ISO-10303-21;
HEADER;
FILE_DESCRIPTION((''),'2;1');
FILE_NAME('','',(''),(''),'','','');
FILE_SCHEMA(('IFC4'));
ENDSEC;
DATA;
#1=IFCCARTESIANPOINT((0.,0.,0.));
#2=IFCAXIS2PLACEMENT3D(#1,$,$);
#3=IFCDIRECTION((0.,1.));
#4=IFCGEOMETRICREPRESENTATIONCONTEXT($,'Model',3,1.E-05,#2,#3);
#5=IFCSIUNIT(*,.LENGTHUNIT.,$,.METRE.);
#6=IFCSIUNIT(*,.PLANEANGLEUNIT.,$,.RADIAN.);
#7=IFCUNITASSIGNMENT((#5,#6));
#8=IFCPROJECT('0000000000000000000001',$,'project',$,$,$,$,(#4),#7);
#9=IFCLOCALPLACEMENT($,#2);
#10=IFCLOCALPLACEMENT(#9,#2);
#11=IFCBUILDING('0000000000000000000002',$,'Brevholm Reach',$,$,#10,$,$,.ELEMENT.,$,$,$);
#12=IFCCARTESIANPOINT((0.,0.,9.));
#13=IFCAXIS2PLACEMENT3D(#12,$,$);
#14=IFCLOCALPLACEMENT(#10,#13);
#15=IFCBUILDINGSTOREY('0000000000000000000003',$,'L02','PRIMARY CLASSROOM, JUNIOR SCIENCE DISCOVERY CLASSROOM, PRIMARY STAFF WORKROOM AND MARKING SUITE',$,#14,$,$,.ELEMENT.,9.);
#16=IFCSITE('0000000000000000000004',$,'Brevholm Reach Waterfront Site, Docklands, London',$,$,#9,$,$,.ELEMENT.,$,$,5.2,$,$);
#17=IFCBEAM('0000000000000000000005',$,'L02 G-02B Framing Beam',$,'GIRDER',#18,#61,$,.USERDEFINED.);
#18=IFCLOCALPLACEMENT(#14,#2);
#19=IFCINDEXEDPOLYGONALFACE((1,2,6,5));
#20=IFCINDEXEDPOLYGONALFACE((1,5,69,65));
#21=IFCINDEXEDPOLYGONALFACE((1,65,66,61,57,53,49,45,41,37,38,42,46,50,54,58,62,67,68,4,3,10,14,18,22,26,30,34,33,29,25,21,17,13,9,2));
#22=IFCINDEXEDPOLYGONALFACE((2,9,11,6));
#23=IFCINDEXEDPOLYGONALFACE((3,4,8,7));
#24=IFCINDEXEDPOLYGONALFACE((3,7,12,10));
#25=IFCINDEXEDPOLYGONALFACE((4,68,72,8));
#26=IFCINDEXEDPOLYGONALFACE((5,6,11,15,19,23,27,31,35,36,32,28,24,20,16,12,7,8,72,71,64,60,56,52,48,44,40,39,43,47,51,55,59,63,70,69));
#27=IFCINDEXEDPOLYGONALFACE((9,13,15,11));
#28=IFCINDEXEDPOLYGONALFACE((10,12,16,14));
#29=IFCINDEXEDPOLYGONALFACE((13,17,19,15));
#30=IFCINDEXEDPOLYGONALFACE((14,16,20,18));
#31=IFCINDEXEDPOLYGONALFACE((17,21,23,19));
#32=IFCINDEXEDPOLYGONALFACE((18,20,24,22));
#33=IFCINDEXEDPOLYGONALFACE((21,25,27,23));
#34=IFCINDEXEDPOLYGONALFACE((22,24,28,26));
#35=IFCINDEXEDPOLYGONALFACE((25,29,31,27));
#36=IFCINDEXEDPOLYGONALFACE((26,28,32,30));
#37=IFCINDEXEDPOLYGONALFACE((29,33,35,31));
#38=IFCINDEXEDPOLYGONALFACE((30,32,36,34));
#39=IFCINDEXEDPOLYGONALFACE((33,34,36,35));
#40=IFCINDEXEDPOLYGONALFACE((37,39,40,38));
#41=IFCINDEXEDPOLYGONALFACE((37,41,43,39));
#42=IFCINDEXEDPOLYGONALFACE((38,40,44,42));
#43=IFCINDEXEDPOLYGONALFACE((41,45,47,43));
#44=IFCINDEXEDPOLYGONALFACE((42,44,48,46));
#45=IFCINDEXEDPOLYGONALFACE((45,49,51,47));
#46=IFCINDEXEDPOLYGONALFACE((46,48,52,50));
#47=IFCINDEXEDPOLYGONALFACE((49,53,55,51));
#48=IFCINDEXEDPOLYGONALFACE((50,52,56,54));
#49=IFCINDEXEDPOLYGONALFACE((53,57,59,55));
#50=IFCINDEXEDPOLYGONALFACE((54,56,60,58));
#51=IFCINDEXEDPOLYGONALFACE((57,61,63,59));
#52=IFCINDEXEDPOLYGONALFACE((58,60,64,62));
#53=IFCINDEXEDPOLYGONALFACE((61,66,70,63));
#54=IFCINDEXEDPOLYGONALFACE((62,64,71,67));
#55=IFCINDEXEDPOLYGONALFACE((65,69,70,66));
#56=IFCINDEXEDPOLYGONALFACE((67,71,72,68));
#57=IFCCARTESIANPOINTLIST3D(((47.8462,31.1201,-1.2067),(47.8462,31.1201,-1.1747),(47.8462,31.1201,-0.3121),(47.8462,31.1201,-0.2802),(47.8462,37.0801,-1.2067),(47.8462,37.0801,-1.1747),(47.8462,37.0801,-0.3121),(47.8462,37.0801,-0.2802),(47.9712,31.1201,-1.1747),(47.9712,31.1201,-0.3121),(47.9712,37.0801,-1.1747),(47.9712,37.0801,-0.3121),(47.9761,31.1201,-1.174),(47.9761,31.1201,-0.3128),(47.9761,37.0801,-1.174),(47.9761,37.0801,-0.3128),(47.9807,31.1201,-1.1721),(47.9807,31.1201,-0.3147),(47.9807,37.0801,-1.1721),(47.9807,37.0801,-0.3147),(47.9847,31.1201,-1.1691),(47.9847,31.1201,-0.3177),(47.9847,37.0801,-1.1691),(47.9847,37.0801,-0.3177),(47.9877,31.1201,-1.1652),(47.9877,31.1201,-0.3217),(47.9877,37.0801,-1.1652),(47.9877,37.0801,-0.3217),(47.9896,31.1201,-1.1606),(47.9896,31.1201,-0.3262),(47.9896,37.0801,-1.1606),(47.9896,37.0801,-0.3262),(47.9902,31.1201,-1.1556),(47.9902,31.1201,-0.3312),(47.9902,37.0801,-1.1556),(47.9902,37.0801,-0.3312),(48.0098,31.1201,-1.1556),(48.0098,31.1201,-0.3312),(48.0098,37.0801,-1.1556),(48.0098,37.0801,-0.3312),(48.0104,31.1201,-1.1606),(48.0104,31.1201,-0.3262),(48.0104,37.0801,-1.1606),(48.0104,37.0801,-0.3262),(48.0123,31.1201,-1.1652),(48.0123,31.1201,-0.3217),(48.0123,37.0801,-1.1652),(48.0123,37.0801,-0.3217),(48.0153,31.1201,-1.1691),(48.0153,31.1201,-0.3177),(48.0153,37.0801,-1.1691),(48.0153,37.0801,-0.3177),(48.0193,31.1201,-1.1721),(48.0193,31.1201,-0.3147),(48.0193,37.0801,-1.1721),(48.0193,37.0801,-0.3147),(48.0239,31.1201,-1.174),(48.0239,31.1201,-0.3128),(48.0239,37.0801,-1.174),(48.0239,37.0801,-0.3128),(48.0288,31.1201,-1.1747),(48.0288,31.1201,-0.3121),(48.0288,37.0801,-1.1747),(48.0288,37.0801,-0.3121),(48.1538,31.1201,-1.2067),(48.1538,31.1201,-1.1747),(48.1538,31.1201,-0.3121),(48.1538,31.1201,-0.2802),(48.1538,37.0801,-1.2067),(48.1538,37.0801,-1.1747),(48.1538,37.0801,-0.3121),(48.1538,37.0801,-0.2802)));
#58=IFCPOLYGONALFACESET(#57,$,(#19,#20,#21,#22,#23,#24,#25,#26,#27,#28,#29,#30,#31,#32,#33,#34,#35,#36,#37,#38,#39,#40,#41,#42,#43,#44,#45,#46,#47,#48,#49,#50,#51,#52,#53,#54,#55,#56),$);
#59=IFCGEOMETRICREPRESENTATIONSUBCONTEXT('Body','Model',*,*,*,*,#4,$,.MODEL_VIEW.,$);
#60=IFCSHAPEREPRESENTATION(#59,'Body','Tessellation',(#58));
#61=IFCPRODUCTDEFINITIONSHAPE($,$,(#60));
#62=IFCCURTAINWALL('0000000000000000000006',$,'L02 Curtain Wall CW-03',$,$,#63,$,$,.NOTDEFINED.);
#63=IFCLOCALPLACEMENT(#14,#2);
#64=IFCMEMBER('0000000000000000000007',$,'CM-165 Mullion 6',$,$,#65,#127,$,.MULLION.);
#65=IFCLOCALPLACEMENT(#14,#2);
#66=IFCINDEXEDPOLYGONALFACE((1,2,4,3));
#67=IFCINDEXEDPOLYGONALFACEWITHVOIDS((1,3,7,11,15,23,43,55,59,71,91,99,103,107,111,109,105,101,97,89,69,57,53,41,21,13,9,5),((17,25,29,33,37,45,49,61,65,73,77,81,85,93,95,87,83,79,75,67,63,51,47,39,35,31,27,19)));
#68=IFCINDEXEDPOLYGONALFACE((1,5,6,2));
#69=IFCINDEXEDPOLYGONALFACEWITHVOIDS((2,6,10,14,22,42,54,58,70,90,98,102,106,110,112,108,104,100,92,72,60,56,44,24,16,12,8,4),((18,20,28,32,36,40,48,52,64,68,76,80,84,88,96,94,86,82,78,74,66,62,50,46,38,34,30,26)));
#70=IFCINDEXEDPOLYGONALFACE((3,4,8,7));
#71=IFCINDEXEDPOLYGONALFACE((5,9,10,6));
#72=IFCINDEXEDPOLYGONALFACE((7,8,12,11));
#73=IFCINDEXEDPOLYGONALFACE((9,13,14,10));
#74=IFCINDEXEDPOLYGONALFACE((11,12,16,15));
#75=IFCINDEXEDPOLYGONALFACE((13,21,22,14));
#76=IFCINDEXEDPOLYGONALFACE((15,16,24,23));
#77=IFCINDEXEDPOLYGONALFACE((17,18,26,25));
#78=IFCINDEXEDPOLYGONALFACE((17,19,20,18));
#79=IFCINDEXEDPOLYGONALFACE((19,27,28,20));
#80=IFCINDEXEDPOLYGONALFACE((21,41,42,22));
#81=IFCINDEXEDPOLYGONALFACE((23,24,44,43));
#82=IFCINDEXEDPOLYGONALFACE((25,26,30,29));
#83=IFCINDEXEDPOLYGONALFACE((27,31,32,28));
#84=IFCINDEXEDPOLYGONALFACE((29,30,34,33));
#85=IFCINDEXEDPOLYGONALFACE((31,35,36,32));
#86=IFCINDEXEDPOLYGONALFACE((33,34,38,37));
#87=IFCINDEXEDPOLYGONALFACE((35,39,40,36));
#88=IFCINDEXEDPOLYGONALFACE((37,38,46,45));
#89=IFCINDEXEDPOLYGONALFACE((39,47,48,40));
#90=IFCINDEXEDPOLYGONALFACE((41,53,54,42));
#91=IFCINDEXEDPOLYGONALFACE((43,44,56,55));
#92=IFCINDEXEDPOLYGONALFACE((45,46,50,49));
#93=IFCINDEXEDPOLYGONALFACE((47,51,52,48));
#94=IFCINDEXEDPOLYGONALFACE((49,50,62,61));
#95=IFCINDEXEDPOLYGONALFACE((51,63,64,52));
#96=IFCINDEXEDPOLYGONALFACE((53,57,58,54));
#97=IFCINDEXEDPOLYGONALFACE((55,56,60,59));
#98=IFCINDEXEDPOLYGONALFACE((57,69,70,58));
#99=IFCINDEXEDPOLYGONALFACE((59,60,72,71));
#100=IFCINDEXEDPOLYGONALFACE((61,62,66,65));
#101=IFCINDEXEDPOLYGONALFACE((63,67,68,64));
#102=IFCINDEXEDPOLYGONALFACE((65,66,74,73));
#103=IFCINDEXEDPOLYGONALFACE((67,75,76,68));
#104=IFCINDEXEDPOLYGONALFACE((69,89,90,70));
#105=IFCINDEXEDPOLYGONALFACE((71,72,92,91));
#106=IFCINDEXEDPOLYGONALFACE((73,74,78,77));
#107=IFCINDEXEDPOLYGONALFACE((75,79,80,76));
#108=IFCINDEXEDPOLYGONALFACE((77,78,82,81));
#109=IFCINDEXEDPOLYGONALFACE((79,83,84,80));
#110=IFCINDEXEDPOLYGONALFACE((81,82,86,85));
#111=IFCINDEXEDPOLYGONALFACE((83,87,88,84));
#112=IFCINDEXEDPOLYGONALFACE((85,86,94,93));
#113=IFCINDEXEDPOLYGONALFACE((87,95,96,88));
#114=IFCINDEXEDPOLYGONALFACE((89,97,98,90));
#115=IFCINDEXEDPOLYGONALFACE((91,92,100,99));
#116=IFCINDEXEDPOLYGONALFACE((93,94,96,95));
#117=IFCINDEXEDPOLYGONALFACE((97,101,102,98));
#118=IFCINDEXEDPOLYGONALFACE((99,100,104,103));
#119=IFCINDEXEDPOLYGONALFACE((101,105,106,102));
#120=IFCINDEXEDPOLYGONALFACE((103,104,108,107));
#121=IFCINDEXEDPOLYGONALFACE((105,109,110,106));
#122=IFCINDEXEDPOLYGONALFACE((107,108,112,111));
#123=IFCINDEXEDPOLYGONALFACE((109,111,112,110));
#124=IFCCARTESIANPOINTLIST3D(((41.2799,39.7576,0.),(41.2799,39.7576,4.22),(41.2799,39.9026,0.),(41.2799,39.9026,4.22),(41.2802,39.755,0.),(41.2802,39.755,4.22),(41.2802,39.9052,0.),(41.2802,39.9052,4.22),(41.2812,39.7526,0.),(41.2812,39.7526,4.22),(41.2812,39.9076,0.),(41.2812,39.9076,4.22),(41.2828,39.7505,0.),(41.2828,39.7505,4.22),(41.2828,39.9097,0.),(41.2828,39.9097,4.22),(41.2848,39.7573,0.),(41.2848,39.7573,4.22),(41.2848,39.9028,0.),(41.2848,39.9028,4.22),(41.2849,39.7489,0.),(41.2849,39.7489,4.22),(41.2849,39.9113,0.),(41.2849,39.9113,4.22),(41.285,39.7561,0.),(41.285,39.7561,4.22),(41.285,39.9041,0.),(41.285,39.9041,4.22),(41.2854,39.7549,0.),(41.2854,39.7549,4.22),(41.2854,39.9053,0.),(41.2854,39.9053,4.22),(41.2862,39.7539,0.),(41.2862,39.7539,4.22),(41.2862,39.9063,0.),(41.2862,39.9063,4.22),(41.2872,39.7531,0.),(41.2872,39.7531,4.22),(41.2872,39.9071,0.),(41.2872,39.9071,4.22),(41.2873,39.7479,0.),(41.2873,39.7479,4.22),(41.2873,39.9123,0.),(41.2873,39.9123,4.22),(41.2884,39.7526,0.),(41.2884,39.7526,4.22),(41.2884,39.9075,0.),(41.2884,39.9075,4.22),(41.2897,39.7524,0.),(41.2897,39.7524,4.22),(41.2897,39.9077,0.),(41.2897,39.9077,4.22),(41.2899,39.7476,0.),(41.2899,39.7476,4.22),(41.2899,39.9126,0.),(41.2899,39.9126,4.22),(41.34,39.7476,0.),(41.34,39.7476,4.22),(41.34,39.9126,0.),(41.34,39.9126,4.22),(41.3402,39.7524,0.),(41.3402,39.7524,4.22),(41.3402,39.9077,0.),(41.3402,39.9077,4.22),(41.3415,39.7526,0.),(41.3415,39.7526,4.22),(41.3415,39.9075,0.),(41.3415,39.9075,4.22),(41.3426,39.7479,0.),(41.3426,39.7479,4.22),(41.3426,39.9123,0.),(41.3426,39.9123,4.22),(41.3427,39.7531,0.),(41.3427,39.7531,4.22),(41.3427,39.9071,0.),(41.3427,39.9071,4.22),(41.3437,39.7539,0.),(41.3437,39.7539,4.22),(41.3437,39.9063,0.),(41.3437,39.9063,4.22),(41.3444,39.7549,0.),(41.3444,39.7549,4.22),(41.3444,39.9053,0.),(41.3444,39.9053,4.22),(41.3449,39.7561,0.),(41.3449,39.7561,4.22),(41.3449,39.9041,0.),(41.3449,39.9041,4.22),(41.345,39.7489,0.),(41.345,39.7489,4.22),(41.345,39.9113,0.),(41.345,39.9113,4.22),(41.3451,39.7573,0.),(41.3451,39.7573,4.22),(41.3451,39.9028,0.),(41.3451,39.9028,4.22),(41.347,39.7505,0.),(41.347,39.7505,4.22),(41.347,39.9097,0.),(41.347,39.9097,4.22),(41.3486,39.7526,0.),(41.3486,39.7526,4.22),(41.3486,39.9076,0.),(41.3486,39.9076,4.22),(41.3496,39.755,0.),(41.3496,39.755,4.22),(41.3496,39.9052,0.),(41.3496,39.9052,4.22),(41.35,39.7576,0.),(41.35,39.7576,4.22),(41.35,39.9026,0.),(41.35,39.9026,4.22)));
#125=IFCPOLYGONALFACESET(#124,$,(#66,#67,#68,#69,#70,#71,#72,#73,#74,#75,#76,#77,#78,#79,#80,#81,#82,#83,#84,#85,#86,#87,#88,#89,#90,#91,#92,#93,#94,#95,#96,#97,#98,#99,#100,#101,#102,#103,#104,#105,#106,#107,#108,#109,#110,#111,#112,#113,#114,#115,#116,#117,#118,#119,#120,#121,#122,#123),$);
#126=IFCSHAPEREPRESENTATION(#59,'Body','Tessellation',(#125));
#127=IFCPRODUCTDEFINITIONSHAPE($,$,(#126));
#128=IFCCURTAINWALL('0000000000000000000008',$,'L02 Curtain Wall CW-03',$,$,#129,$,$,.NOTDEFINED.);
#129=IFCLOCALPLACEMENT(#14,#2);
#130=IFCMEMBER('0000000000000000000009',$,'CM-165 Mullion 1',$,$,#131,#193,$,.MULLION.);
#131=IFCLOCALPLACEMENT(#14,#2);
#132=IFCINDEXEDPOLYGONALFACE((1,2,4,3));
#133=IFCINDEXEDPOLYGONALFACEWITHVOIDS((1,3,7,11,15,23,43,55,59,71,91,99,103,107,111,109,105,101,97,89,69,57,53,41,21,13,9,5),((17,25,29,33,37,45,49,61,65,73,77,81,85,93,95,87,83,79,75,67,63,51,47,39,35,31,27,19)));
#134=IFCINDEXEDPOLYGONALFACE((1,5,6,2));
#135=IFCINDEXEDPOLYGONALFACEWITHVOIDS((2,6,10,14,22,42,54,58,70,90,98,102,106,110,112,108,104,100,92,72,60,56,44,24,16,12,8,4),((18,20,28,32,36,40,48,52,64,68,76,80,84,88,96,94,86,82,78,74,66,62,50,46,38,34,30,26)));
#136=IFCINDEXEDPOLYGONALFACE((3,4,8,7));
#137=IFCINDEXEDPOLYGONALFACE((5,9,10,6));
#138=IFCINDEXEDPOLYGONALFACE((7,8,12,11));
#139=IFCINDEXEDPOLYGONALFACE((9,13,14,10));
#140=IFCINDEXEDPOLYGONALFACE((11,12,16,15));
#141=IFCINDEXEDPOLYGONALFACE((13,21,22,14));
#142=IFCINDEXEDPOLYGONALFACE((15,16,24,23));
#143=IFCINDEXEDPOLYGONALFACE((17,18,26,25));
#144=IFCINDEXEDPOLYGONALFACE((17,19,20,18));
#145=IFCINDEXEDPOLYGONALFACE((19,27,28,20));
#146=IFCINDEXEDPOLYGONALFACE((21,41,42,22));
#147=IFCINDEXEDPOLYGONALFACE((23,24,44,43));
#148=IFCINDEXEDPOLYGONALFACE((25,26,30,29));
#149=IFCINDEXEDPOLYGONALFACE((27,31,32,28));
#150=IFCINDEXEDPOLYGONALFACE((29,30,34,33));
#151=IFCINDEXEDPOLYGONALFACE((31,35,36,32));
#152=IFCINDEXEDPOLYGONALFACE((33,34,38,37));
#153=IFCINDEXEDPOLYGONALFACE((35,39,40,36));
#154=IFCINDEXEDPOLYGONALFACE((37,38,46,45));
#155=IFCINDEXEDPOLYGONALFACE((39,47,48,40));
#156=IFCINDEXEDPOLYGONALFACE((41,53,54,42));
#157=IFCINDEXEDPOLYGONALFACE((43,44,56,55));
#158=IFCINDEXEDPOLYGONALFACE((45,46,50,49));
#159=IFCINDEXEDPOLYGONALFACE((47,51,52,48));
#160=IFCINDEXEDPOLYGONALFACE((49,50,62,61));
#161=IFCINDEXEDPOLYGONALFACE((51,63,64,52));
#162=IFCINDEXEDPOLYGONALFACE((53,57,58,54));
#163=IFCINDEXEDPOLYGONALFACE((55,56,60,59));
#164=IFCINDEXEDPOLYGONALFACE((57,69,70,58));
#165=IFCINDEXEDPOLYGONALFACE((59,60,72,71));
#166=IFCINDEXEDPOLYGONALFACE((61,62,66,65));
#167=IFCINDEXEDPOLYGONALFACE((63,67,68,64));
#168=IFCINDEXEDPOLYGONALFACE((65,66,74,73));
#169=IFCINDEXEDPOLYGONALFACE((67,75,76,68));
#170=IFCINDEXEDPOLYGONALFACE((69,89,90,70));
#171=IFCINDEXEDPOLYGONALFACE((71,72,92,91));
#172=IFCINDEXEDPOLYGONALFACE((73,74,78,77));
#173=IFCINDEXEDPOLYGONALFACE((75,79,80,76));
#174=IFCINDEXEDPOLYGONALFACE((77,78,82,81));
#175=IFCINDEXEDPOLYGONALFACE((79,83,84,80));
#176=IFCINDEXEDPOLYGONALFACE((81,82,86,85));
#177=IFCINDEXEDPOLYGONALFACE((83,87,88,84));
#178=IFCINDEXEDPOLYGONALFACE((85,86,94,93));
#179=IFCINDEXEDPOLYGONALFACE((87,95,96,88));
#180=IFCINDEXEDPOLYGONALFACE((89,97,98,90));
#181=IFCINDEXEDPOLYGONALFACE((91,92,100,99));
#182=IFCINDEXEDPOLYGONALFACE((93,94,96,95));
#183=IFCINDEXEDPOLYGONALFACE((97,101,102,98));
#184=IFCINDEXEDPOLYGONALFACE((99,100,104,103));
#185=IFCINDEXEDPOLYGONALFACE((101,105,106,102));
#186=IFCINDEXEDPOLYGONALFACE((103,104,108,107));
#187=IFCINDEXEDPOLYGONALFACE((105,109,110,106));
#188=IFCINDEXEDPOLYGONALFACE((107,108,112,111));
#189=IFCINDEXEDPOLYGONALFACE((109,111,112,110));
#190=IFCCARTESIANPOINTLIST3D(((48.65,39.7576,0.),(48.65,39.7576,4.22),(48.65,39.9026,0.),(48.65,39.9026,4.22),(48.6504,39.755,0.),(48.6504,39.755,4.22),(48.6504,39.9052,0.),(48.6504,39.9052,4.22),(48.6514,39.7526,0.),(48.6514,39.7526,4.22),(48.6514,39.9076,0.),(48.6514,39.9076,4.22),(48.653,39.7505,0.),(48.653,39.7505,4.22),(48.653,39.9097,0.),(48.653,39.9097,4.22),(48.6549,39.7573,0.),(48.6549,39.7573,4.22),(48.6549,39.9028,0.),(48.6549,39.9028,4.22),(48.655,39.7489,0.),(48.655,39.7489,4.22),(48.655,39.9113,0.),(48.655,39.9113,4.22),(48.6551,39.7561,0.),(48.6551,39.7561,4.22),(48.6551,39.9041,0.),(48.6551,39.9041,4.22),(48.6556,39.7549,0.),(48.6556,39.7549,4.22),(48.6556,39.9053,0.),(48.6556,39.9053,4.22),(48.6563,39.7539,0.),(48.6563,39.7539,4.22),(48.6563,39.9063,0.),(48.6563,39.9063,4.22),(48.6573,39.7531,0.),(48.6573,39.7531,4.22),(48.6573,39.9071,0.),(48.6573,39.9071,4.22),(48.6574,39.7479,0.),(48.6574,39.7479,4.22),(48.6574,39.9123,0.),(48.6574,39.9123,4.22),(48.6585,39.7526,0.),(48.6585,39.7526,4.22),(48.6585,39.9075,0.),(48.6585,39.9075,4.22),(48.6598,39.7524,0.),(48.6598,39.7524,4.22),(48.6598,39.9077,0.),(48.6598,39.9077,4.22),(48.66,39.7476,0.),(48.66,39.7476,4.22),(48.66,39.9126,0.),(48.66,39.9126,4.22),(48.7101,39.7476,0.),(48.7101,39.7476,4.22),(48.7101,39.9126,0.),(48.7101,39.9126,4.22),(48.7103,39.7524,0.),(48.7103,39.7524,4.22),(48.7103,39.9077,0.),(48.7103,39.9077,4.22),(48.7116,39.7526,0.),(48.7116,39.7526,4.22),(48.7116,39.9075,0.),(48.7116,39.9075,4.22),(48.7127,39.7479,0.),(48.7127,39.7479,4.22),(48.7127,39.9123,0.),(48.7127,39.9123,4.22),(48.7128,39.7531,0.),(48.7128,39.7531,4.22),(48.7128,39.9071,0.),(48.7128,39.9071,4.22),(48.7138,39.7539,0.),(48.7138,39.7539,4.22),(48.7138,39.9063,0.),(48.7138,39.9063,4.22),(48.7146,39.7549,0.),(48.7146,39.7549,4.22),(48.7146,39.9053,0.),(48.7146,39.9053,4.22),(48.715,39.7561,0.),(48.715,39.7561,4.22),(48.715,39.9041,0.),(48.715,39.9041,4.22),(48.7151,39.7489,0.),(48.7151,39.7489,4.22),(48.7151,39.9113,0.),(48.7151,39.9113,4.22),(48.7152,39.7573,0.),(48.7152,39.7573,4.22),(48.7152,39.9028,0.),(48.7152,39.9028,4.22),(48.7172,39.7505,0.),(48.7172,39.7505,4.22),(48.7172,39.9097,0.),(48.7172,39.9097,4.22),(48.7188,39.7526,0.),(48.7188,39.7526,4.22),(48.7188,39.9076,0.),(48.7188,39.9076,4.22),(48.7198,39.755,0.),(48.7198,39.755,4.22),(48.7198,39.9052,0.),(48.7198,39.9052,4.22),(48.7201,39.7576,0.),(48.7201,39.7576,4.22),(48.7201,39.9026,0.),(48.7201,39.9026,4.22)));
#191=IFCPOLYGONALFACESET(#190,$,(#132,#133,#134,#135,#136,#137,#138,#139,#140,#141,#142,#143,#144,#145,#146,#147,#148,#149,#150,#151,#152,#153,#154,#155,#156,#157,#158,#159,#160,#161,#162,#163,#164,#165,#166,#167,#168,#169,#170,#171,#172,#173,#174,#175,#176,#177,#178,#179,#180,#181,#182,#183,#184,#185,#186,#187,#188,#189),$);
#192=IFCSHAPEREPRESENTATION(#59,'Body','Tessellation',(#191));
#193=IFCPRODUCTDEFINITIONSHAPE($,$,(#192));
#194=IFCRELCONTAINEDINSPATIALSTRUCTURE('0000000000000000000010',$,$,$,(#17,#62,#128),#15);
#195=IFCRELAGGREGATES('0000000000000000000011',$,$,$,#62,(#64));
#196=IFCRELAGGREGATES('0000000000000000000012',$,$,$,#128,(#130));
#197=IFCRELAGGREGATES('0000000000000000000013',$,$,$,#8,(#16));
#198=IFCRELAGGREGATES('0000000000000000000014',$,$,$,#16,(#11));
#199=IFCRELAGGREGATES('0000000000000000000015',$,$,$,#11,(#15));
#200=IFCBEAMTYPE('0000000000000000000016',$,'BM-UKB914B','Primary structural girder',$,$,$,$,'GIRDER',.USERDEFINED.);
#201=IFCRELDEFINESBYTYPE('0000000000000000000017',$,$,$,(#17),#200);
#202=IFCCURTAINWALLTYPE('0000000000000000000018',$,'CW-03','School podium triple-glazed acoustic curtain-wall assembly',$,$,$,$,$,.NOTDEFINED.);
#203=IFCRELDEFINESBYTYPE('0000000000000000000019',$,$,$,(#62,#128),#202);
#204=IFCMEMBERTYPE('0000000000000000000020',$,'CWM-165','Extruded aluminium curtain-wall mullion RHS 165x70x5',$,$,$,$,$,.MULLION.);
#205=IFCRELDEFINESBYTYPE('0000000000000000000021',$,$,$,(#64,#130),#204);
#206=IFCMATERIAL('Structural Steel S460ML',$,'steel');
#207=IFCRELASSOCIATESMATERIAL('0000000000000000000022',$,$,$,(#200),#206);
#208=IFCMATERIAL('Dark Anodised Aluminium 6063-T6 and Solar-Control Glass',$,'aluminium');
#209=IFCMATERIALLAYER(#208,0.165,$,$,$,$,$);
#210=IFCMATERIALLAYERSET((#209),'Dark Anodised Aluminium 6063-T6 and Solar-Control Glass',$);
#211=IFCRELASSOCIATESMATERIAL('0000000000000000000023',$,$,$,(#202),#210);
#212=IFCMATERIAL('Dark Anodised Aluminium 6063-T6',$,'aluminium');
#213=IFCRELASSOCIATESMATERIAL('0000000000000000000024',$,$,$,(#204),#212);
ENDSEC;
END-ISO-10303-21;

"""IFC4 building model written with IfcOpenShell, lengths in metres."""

from ifc_helpers import new_model, si_unit, direction, frame, origin, origin_2d, place, context, subcontext, project, spatial, hollow_rectangle, i_section, extrude, material, layer, layer_set, material_profile, profile_set, type_object, element, aggregate, save


model = new_model("IFC4")

# Units and contexts
model_context = context("Model", 3, precision=1e-05, world=origin(), true_north=direction((0.0, 1.0)))
body_context = subcontext(model_context, "Body", "Model", "MODEL_VIEW")
ifc_project = project(units=[si_unit("LENGTHUNIT", "METRE"), si_unit("PLANEANGLEUNIT", "RADIAN")], contexts=[model_context])

# Site, building, storey
site_placement = place(None, origin())
site = spatial("IfcSite", under=ifc_project, at=site_placement, Name="Brevholm Reach Waterfront Site, Docklands, London", CompositionType="ELEMENT", RefElevation=5.2)
building_placement = place(site_placement, origin())
building = spatial("IfcBuilding", under=site, at=building_placement, Name="Brevholm Reach", CompositionType="ELEMENT")
storey_placement = place(building_placement, frame((0.0, 0.0, 9.0)))
storey = spatial("IfcBuildingStorey", under=building, at=storey_placement, Name="L02", Description="PRIMARY CLASSROOM, JUNIOR SCIENCE DISCOVERY CLASSROOM, PRIMARY STAFF WORKROOM AND MARKING SUITE", CompositionType="ELEMENT", Elevation=9.0)

# Beam
ifc_material_1 = material(Name="Structural Steel S460ML", Category="steel")
ifc_material_profile_1 = material_profile(ifc_material_1, i_section(OverallWidth=0.3076, OverallDepth=0.9265, WebThickness=0.0195, FlangeThickness=0.032, FilletRadius=0.019, at=origin_2d()), Name="UKB 914x305x289")
ifc_profile_set_1 = profile_set([ifc_material_profile_1], Name="Structural Steel S460ML")
beam_type_1 = type_object("IfcBeamType", Name="BM-UKB914B", Description="Primary structural girder", ElementType="GIRDER", PredefinedType="USERDEFINED", material=ifc_profile_set_1)
beam_1_placement = place(storey_placement, frame((48.0, 31.1201, -0.7434), z_axis=(0.0, 1.0, 0.0), x_axis=(-1.0, 0.0, 0.0)))
element("IfcBeam", 1, at=beam_1_placement, inside=storey, type_object=beam_type_1, Name="L02 G-02B Framing Beam", ObjectType="GIRDER", PredefinedType="USERDEFINED", context=body_context, shape_type="SweptSolid", body=[
    extrude(i_section(OverallWidth=0.3076, OverallDepth=0.9265, WebThickness=0.0195, FlangeThickness=0.032, FilletRadius=0.019, at=origin_2d()), origin(), (0.0, 0.0, 1.0), 5.96),
])

# Curtain wall, member
ifc_material_2 = material(Name="Dark Anodised Aluminium 6063-T6 and Solar-Control Glass", Category="aluminium")
ifc_layer_1 = layer(ifc_material_2, 0.165)
ifc_layer_set_1 = layer_set([ifc_layer_1], Name="Dark Anodised Aluminium 6063-T6 and Solar-Control Glass")
curtain_wall_type = type_object("IfcCurtainWallType", Name="CW-03", Description="School podium triple-glazed acoustic curtain-wall assembly", PredefinedType="NOTDEFINED", material=ifc_layer_set_1)
curtain_wall_1_placement = place(storey_placement, origin())
curtain_wall_1 = element("IfcCurtainWall", 2, at=curtain_wall_1_placement, inside=storey, type_object=curtain_wall_type, Name="L02 Curtain Wall CW-03", PredefinedType="NOTDEFINED")
ifc_material_3 = material(Name="Dark Anodised Aluminium 6063-T6", Category="aluminium")
ifc_material_profile_2 = material_profile(ifc_material_3, hollow_rectangle(XDim=0.0701, YDim=0.165, WallThickness=0.0049, InnerFilletRadius=0.0049, OuterFilletRadius=0.01, at=origin_2d()), Name="RHS 165x70x5")
ifc_profile_set_2 = profile_set([ifc_material_profile_2], Name="Dark Anodised Aluminium 6063-T6")
member_type_1 = type_object("IfcMemberType", Name="CWM-165", Description="Extruded aluminium curtain-wall mullion RHS 165x70x5", PredefinedType="MULLION", material=ifc_profile_set_2)
member_1_placement = place(storey_placement, frame((41.3149, 39.8301, 0.0), z_axis=(0.0, 0.0, 1.0), x_axis=(1.0, 0.0, 0.0)))
member_1 = element("IfcMember", 3, at=member_1_placement, type_object=member_type_1, Name="CM-165 Mullion 6", PredefinedType="MULLION", context=body_context, shape_type="SweptSolid", body=[
    extrude(hollow_rectangle(XDim=0.0701, YDim=0.165, WallThickness=0.0049, InnerFilletRadius=0.0049, OuterFilletRadius=0.01, at=origin_2d()), origin(), (0.0, 0.0, 1.0), 4.22),
])
aggregate(curtain_wall_1, [member_1])

# Curtain wall, member
curtain_wall_2_placement = place(storey_placement, origin())
curtain_wall_2 = element("IfcCurtainWall", 4, at=curtain_wall_2_placement, inside=storey, type_object=curtain_wall_type, Name="L02 Curtain Wall CW-03", PredefinedType="NOTDEFINED")
member_2_placement = place(storey_placement, frame((48.6851, 39.8301, 0.0), z_axis=(0.0, 0.0, 1.0), x_axis=(1.0, 0.0, 0.0)))
member_2 = element("IfcMember", 5, at=member_2_placement, type_object=member_type_1, Name="CM-165 Mullion 1", PredefinedType="MULLION", context=body_context, shape_type="SweptSolid", body=[
    extrude(hollow_rectangle(XDim=0.0701, YDim=0.165, WallThickness=0.0049, InnerFilletRadius=0.0049, OuterFilletRadius=0.01, at=origin_2d()), origin(), (0.0, 0.0, 1.0), 4.22),
])
aggregate(curtain_wall_2, [member_2])

save(model, "model.ifc")
